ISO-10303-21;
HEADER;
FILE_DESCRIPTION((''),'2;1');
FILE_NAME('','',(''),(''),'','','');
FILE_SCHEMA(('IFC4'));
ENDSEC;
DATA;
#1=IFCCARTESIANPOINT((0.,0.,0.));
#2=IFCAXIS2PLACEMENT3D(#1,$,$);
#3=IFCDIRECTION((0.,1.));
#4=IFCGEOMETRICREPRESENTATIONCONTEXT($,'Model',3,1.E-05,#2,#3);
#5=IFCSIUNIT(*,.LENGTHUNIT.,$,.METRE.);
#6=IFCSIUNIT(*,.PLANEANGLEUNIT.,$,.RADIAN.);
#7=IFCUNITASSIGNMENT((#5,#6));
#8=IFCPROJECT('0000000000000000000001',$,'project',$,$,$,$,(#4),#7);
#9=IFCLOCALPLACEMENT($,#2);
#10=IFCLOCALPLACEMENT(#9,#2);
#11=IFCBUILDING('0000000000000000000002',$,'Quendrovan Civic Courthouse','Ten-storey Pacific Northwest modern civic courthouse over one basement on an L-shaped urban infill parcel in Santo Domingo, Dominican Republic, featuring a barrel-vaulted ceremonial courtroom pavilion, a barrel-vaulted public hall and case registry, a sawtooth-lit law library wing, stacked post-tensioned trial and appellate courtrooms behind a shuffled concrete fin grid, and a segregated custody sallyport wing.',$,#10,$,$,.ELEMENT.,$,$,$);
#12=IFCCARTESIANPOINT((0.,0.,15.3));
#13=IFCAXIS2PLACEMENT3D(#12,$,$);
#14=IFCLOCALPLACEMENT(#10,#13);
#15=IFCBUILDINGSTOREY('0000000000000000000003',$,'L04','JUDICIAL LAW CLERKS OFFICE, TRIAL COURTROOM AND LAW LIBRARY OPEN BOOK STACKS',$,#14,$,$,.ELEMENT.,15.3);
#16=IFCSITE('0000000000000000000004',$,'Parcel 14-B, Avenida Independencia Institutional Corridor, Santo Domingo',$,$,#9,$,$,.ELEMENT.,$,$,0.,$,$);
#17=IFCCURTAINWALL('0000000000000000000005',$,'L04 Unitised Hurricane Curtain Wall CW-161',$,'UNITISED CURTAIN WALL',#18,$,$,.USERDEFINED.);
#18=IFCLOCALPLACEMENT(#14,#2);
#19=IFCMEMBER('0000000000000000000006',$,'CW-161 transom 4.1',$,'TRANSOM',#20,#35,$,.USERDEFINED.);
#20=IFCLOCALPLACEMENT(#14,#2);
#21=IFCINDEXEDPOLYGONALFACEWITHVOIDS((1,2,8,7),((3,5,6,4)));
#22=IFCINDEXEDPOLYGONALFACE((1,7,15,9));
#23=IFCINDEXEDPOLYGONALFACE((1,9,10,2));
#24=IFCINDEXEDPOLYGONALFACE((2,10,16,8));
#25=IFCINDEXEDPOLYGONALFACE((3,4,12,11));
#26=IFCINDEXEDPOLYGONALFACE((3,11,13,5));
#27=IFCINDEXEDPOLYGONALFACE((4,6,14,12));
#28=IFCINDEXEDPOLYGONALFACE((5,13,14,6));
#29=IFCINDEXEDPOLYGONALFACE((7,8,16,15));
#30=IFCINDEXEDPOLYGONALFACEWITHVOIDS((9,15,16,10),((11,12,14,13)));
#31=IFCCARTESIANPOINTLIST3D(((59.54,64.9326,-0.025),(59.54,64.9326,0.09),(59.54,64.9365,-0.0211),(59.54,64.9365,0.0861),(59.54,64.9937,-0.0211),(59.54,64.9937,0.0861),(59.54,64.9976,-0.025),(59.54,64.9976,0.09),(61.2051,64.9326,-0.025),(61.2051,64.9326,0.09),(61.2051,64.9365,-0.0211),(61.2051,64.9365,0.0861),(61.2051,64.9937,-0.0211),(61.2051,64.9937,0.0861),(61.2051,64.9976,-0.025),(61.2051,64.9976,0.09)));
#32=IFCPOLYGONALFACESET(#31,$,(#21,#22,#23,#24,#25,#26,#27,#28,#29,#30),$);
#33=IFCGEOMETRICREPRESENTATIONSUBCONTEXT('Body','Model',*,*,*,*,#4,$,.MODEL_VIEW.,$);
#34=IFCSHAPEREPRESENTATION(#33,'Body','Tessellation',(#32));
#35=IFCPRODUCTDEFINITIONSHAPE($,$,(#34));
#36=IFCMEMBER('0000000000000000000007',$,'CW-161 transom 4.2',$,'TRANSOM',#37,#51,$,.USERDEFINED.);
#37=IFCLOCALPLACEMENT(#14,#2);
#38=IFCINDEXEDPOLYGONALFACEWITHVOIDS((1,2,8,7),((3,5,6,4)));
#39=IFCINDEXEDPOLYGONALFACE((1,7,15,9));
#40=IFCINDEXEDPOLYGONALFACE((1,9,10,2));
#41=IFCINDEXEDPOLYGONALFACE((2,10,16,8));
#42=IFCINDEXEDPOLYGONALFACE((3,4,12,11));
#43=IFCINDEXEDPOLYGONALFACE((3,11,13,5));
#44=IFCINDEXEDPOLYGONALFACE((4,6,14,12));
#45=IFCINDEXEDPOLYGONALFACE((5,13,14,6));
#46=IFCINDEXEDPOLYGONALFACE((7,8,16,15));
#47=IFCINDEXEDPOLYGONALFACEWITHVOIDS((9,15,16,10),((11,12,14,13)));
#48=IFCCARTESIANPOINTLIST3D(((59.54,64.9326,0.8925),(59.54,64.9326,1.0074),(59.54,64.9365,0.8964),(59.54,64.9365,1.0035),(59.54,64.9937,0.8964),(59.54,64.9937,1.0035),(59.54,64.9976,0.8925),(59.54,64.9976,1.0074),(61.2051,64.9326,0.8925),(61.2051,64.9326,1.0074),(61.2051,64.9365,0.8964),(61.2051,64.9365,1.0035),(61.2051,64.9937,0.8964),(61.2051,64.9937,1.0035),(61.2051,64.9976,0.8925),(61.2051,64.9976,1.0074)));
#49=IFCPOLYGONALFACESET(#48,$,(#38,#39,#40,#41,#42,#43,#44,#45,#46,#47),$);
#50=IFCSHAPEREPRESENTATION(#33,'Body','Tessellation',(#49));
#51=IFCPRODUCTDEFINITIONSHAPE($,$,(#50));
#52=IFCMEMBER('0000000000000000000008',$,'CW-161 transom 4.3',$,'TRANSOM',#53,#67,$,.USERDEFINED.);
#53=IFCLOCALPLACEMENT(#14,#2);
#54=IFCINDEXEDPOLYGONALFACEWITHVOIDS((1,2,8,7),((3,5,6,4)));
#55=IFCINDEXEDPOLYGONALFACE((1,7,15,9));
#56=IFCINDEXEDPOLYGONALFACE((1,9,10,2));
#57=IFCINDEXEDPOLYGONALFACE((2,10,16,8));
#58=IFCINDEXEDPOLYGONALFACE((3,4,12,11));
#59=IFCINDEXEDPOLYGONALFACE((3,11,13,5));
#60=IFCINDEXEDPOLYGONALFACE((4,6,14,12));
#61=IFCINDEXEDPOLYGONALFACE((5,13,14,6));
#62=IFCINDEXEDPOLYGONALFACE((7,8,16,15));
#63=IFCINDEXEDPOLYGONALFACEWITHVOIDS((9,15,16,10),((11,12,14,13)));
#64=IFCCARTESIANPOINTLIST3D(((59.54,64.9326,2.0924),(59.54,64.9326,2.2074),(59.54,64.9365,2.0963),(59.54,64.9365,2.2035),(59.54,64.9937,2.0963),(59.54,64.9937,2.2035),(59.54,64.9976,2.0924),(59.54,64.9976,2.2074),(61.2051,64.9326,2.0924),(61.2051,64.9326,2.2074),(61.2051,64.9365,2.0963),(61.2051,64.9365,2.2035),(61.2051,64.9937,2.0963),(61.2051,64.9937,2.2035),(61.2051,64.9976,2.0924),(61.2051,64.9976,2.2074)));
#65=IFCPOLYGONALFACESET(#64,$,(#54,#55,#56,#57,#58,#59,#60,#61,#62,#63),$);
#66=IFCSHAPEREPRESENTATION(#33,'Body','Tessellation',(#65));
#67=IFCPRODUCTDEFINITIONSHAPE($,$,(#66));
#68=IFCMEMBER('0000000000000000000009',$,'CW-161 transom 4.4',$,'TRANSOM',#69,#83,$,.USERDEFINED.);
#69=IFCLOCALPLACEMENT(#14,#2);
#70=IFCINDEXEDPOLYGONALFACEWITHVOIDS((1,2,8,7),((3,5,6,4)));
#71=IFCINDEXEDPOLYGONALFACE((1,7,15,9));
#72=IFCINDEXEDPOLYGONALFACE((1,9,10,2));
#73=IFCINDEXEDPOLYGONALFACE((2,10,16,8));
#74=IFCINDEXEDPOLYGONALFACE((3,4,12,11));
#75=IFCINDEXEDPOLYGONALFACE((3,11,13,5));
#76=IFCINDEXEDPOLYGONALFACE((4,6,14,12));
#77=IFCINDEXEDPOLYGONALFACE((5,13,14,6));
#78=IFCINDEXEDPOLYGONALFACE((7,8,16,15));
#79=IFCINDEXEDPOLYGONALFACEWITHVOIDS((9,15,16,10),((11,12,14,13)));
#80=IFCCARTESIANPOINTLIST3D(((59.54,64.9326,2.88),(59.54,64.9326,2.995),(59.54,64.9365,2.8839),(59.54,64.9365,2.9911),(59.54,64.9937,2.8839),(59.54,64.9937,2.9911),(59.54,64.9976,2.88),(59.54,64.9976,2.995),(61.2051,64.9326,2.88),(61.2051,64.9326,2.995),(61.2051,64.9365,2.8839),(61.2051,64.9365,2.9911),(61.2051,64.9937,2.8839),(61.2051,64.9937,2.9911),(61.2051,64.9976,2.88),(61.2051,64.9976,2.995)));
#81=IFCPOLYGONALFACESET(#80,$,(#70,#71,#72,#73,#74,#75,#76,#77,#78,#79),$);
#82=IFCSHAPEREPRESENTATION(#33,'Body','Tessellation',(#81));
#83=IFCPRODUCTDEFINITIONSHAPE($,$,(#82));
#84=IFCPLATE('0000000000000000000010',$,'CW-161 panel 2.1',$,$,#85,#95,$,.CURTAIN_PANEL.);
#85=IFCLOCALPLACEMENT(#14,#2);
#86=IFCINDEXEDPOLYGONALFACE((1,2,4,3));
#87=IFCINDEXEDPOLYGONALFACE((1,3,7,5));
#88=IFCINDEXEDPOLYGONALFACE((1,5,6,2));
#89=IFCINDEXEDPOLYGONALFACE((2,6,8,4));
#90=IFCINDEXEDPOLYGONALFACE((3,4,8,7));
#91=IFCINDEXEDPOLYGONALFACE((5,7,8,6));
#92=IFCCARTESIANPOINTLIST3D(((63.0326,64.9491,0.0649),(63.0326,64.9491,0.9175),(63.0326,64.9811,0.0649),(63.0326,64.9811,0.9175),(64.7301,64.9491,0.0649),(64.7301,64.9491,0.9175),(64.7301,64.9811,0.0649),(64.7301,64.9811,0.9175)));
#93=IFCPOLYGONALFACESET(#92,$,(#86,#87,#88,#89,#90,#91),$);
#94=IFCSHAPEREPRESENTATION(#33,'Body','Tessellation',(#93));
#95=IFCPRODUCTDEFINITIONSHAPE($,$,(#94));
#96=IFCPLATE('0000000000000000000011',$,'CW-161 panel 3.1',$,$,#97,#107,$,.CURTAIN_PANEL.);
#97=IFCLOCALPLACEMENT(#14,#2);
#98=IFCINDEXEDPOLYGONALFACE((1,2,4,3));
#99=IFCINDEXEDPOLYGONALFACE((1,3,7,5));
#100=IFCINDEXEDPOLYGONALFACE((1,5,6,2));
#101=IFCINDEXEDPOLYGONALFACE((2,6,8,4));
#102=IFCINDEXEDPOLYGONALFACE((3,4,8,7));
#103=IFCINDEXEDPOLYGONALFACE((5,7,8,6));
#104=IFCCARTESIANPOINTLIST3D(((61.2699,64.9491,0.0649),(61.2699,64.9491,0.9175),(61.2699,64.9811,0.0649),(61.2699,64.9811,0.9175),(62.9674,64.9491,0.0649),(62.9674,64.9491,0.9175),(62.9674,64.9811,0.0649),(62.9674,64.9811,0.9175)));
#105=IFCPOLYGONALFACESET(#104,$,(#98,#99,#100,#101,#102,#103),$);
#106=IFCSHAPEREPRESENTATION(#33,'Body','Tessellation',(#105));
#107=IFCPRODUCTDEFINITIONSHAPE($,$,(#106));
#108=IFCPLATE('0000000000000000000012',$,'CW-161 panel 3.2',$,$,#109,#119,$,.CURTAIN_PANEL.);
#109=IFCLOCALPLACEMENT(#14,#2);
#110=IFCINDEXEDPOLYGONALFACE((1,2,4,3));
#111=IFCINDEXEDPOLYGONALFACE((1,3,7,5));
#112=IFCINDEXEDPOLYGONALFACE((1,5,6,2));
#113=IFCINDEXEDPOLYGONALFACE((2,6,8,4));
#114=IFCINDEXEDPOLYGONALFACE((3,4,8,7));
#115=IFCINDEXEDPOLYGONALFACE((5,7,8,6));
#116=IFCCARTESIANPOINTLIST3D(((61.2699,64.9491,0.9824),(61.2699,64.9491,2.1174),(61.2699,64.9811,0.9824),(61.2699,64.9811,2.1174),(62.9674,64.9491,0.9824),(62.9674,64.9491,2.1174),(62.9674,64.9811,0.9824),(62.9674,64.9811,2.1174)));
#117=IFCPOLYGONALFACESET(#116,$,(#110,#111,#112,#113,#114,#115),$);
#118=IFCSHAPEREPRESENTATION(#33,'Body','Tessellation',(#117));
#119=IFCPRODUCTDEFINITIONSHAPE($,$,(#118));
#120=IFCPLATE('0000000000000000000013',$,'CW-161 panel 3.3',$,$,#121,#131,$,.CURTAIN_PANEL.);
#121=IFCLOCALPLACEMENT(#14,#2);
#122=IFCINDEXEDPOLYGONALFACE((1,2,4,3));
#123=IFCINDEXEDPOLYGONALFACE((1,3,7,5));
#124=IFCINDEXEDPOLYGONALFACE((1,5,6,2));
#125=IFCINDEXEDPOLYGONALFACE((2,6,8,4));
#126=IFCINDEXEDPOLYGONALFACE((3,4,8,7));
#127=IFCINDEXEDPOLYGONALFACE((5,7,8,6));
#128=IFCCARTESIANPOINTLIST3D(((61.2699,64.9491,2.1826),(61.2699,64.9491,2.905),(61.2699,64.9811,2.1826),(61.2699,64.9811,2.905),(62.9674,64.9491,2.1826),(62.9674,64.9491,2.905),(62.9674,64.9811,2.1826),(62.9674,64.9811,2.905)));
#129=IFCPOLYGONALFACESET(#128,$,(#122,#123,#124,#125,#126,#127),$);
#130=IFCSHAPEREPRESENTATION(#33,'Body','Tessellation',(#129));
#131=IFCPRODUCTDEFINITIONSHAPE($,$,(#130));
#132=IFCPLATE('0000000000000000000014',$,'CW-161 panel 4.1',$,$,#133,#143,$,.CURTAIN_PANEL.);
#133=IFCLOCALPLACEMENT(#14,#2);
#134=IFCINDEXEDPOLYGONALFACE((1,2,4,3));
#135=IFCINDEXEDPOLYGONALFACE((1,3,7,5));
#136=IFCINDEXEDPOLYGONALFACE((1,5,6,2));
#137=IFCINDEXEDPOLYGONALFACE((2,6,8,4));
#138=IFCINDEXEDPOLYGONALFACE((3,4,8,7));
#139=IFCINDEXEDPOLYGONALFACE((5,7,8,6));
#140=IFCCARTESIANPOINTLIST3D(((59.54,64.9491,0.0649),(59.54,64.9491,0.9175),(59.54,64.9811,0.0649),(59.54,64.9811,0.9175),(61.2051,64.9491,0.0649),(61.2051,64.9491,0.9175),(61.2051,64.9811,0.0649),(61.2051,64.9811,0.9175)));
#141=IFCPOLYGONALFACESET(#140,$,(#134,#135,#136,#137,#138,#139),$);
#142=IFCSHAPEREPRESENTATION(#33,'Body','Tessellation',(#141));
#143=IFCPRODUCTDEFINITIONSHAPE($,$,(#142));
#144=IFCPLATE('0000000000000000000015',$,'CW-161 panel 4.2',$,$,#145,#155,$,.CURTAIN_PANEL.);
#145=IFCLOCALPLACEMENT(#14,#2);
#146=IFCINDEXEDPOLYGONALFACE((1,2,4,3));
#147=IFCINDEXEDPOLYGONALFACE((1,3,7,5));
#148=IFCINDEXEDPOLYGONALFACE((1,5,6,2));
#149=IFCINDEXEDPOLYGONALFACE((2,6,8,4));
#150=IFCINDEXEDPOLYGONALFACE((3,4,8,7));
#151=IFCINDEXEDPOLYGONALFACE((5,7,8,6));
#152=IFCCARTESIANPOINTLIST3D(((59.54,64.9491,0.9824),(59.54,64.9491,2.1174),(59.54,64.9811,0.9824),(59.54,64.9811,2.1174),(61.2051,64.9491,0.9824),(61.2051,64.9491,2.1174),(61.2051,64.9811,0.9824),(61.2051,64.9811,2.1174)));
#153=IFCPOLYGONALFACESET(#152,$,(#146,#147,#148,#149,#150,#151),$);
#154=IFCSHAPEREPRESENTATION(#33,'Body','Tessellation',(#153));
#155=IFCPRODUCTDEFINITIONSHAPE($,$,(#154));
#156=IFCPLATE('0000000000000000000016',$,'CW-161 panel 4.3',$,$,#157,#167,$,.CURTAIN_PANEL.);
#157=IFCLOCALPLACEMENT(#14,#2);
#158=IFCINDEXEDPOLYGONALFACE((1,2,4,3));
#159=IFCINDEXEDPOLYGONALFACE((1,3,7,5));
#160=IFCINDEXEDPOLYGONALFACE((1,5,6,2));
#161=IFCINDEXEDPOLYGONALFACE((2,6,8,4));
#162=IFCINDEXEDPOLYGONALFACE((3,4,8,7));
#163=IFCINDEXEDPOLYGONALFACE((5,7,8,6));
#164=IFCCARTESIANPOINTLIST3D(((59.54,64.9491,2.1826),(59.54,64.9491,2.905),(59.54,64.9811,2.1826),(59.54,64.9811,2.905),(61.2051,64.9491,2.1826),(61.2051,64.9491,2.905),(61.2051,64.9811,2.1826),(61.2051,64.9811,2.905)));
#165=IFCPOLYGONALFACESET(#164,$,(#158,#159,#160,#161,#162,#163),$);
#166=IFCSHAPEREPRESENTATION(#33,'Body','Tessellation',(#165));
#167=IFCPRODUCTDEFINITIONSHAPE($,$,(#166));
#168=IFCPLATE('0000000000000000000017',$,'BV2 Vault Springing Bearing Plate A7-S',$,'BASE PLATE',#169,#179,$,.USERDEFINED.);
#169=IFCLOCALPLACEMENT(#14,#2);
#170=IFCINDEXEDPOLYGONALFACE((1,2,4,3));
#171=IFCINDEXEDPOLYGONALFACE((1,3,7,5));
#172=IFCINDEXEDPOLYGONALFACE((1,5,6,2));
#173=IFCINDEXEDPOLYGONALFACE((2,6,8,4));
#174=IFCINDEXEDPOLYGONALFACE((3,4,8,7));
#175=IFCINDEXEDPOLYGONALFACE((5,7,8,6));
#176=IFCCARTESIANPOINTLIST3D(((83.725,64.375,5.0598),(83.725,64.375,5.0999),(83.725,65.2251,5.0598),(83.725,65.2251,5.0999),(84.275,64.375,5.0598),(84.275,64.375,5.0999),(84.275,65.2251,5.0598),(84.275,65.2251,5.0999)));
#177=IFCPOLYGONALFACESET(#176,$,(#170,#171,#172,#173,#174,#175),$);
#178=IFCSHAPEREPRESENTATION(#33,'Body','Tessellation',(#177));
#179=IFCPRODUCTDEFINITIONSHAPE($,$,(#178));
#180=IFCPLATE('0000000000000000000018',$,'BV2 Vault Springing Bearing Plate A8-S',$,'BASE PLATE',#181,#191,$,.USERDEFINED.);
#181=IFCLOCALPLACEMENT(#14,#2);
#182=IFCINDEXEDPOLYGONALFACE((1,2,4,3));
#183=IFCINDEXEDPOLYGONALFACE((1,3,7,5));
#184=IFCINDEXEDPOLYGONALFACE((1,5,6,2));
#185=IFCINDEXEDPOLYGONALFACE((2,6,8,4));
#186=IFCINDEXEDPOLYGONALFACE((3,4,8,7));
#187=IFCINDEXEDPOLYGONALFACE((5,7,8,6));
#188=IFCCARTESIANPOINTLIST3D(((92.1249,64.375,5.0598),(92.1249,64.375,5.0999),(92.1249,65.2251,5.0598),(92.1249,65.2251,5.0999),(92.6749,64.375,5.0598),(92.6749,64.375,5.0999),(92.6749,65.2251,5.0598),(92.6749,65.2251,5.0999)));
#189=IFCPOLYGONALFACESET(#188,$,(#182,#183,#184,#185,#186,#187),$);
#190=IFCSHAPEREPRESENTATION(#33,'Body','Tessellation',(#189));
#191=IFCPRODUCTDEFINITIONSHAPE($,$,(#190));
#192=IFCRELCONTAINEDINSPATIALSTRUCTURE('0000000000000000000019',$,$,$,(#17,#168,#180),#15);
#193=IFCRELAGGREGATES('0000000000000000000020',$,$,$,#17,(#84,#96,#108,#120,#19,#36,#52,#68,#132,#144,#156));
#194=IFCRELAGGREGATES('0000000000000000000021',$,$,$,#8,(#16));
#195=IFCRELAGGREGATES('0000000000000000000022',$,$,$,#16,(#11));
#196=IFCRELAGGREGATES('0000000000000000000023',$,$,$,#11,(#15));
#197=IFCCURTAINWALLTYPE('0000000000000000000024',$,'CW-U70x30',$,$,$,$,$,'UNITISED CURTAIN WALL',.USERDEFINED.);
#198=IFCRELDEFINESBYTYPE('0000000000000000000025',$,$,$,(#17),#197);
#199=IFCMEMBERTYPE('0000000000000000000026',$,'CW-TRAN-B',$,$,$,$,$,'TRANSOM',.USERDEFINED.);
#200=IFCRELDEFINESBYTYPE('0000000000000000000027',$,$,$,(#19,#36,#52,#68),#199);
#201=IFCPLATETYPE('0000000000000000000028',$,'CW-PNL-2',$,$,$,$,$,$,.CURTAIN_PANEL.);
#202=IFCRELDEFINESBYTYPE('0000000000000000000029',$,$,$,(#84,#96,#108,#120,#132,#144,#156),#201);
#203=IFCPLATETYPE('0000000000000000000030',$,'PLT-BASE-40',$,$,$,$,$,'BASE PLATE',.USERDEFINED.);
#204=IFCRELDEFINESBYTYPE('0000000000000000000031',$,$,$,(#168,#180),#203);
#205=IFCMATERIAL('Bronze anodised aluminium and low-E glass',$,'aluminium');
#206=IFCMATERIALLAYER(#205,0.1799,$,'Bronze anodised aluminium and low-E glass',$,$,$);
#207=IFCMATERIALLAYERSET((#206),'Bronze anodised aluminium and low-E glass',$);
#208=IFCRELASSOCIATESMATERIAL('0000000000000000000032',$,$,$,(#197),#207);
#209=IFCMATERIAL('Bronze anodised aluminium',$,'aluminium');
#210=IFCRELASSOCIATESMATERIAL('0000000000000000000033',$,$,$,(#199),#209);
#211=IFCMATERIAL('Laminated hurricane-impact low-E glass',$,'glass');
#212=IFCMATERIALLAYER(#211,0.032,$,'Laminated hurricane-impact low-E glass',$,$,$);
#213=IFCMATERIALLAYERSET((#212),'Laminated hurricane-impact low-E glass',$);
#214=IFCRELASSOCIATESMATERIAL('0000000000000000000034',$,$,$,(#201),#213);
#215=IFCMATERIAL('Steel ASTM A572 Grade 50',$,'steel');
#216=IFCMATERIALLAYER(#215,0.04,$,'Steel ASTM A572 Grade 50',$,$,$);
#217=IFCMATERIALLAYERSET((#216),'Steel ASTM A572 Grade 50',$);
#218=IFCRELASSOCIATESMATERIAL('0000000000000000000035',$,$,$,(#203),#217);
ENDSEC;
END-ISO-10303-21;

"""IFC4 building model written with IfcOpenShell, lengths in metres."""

from ifc_helpers import new_model, si_unit, direction, frame, origin, origin_2d, place, context, subcontext, project, spatial, rectangle, hollow_rectangle, extrude, material, layer, layer_set, material_profile, profile_set, type_object, element, aggregate, save


model = new_model("IFC4")

# Units and contexts
model_context = context("Model", 3, precision=1e-05, world=origin(), true_north=direction((0.0, 1.0)))
body_context = subcontext(model_context, "Body", "Model", "MODEL_VIEW")
ifc_project = project(units=[si_unit("LENGTHUNIT", "METRE"), si_unit("PLANEANGLEUNIT", "RADIAN")], contexts=[model_context])

# Site, building, storey
site_placement = place(None, origin())
site = spatial("IfcSite", under=ifc_project, at=site_placement, Name="Parcel 14-B, Avenida Independencia Institutional Corridor, Santo Domingo", CompositionType="ELEMENT", RefElevation=0.0)
building_placement = place(site_placement, origin())
building = spatial("IfcBuilding", under=site, at=building_placement, Name="Quendrovan Civic Courthouse", Description="Ten-storey Pacific Northwest modern civic courthouse over one basement on an L-shaped urban infill parcel in Santo Domingo, Dominican Republic, featuring a barrel-vaulted ceremonial courtroom pavilion, a barrel-vaulted public hall and case registry, a sawtooth-lit law library wing, stacked post-tensioned trial and appellate courtrooms behind a shuffled concrete fin grid, and a segregated custody sallyport wing.", CompositionType="ELEMENT")
storey_placement = place(building_placement, frame((0.0, 0.0, 15.3)))
storey = spatial("IfcBuildingStorey", under=building, at=storey_placement, Name="L04", Description="JUDICIAL LAW CLERKS OFFICE, TRIAL COURTROOM AND LAW LIBRARY OPEN BOOK STACKS", CompositionType="ELEMENT", Elevation=15.3)

# Curtain wall, members, plates
ifc_material_1 = material(Name="Bronze anodised aluminium and low-E glass", Category="aluminium")
ifc_layer_1 = layer(ifc_material_1, 0.1799, Name="Bronze anodised aluminium and low-E glass")
ifc_layer_set_1 = layer_set([ifc_layer_1], Name="Bronze anodised aluminium and low-E glass")
curtain_wall_type = type_object("IfcCurtainWallType", Name="CW-U70x30", ElementType="UNITISED CURTAIN WALL", PredefinedType="USERDEFINED", material=ifc_layer_set_1)
curtain_wall_placement = place(storey_placement, origin())
curtain_wall = element("IfcCurtainWall", 1, at=curtain_wall_placement, inside=storey, type_object=curtain_wall_type, Name="L04 Unitised Hurricane Curtain Wall CW-161", ObjectType="UNITISED CURTAIN WALL", PredefinedType="USERDEFINED")
ifc_material_2 = material(Name="Bronze anodised aluminium", Category="aluminium")
ifc_material_profile_1 = material_profile(ifc_material_2, hollow_rectangle(XDim=0.0649, YDim=0.115, WallThickness=0.0039, at=origin_2d()), Name="CW-TRAN-65x115")
ifc_profile_set_1 = profile_set([ifc_material_profile_1], Name="Bronze anodised aluminium")
member_type_1 = type_object("IfcMemberType", Name="CW-TRAN-B", ElementType="TRANSOM", PredefinedType="USERDEFINED", material=ifc_profile_set_1)
member_1_placement = place(storey_placement, frame((61.2051, 64.9651, 0.0325), z_axis=(-1.0, 0.0, 0.0), x_axis=(0.0, -1.0, 0.0)))
member_1 = element("IfcMember", 2, at=member_1_placement, type_object=member_type_1, Name="CW-161 transom 4.1", ObjectType="TRANSOM", PredefinedType="USERDEFINED", context=body_context, shape_type="SweptSolid", body=[
    extrude(hollow_rectangle(XDim=0.0649, YDim=0.115, WallThickness=0.0039, at=origin_2d()), origin(), (0.0, 0.0, 1.0), 1.665),
])
member_2_placement = place(storey_placement, frame((61.2051, 64.9651, 0.95), z_axis=(-1.0, 0.0, 0.0), x_axis=(0.0, -1.0, 0.0)))
member_2 = element("IfcMember", 3, at=member_2_placement, type_object=member_type_1, Name="CW-161 transom 4.2", ObjectType="TRANSOM", PredefinedType="USERDEFINED", context=body_context, shape_type="SweptSolid", body=[
    extrude(hollow_rectangle(XDim=0.0649, YDim=0.115, WallThickness=0.0039, at=origin_2d()), origin(), (0.0, 0.0, 1.0), 1.665),
])
member_3_placement = place(storey_placement, frame((61.2051, 64.9651, 2.1499), z_axis=(-1.0, 0.0, 0.0), x_axis=(0.0, -1.0, 0.0)))
member_3 = element("IfcMember", 4, at=member_3_placement, type_object=member_type_1, Name="CW-161 transom 4.3", ObjectType="TRANSOM", PredefinedType="USERDEFINED", context=body_context, shape_type="SweptSolid", body=[
    extrude(hollow_rectangle(XDim=0.0649, YDim=0.115, WallThickness=0.0039, at=origin_2d()), origin(), (0.0, 0.0, 1.0), 1.665),
])
member_4_placement = place(storey_placement, frame((61.2051, 64.9651, 2.9375), z_axis=(-1.0, 0.0, 0.0), x_axis=(0.0, -1.0, 0.0)))
member_4 = element("IfcMember", 5, at=member_4_placement, type_object=member_type_1, Name="CW-161 transom 4.4", ObjectType="TRANSOM", PredefinedType="USERDEFINED", context=body_context, shape_type="SweptSolid", body=[
    extrude(hollow_rectangle(XDim=0.0649, YDim=0.115, WallThickness=0.0039, at=origin_2d()), origin(), (0.0, 0.0, 1.0), 1.665),
])
ifc_material_3 = material(Name="Laminated hurricane-impact low-E glass", Category="glass")
ifc_layer_2 = layer(ifc_material_3, 0.032, Name="Laminated hurricane-impact low-E glass")
ifc_layer_set_2 = layer_set([ifc_layer_2], Name="Laminated hurricane-impact low-E glass")
plate_type_1 = type_object("IfcPlateType", Name="CW-PNL-2", PredefinedType="CURTAIN_PANEL", material=ifc_layer_set_2)
plate_1_placement = place(storey_placement, frame((63.8813, 64.9651, 0.0649), z_axis=(0.0, 0.0, 1.0), x_axis=(-1.0, 0.0, 0.0)))
plate_1 = element("IfcPlate", 6, at=plate_1_placement, type_object=plate_type_1, Name="CW-161 panel 2.1", PredefinedType="CURTAIN_PANEL", context=body_context, shape_type="SweptSolid", body=[
    extrude(rectangle(XDim=1.6975, YDim=0.032, at=origin_2d()), origin(), (0.0, 0.0, 1.0), 0.8525),
])
plate_2_placement = place(storey_placement, frame((62.1187, 64.9651, 0.0649), z_axis=(0.0, 0.0, 1.0), x_axis=(-1.0, 0.0, 0.0)))
plate_2 = element("IfcPlate", 7, at=plate_2_placement, type_object=plate_type_1, Name="CW-161 panel 3.1", PredefinedType="CURTAIN_PANEL", context=body_context, shape_type="SweptSolid", body=[
    extrude(rectangle(XDim=1.6975, YDim=0.032, at=origin_2d()), origin(), (0.0, 0.0, 1.0), 0.8525),
])
plate_3_placement = place(storey_placement, frame((62.1187, 64.9651, 0.9824), z_axis=(0.0, 0.0, 1.0), x_axis=(-1.0, 0.0, 0.0)))
plate_3 = element("IfcPlate", 8, at=plate_3_placement, type_object=plate_type_1, Name="CW-161 panel 3.2", PredefinedType="CURTAIN_PANEL", context=body_context, shape_type="SweptSolid", body=[
    extrude(rectangle(XDim=1.6975, YDim=0.032, at=origin_2d()), origin(), (0.0, 0.0, 1.0), 1.135),
])
plate_4_placement = place(storey_placement, frame((62.1187, 64.9651, 2.1826), z_axis=(0.0, 0.0, 1.0), x_axis=(-1.0, 0.0, 0.0)))
plate_4 = element("IfcPlate", 9, at=plate_4_placement, type_object=plate_type_1, Name="CW-161 panel 3.3", PredefinedType="CURTAIN_PANEL", context=body_context, shape_type="SweptSolid", body=[
    extrude(rectangle(XDim=1.6975, YDim=0.032, at=origin_2d()), origin(), (0.0, 0.0, 1.0), 0.7224),
])
plate_5_placement = place(storey_placement, frame((60.3726, 64.9651, 0.0649), z_axis=(0.0, 0.0, 1.0), x_axis=(-1.0, 0.0, 0.0)))
plate_5 = element("IfcPlate", 10, at=plate_5_placement, type_object=plate_type_1, Name="CW-161 panel 4.1", PredefinedType="CURTAIN_PANEL", context=body_context, shape_type="SweptSolid", body=[
    extrude(rectangle(XDim=1.665, YDim=0.032, at=origin_2d()), origin(), (0.0, 0.0, 1.0), 0.8525),
])
plate_6_placement = place(storey_placement, frame((60.3726, 64.9651, 0.9824), z_axis=(0.0, 0.0, 1.0), x_axis=(-1.0, 0.0, 0.0)))
plate_6 = element("IfcPlate", 11, at=plate_6_placement, type_object=plate_type_1, Name="CW-161 panel 4.2", PredefinedType="CURTAIN_PANEL", context=body_context, shape_type="SweptSolid", body=[
    extrude(rectangle(XDim=1.665, YDim=0.032, at=origin_2d()), origin(), (0.0, 0.0, 1.0), 1.135),
])
plate_7_placement = place(storey_placement, frame((60.3726, 64.9651, 2.1826), z_axis=(0.0, 0.0, 1.0), x_axis=(-1.0, 0.0, 0.0)))
plate_7 = element("IfcPlate", 12, at=plate_7_placement, type_object=plate_type_1, Name="CW-161 panel 4.3", PredefinedType="CURTAIN_PANEL", context=body_context, shape_type="SweptSolid", body=[
    extrude(rectangle(XDim=1.665, YDim=0.032, at=origin_2d()), origin(), (0.0, 0.0, 1.0), 0.7224),
])
aggregate(curtain_wall, [plate_1, plate_2, plate_3, plate_4, member_1, member_2, member_3, member_4, plate_5, plate_6, plate_7])

# Plates
ifc_material_4 = material(Name="Steel ASTM A572 Grade 50", Category="steel")
ifc_layer_3 = layer(ifc_material_4, 0.04, Name="Steel ASTM A572 Grade 50")
ifc_layer_set_3 = layer_set([ifc_layer_3], Name="Steel ASTM A572 Grade 50")
plate_type_2 = type_object("IfcPlateType", Name="PLT-BASE-40", ElementType="BASE PLATE", PredefinedType="USERDEFINED", material=ifc_layer_set_3)
for number, where, z_axis, x_axis, name in (
    (13, (84.0, 64.8, 5.0598), (0.0, 0.0, 1.0), (1.0, 0.0, 0.0), "BV2 Vault Springing Bearing Plate A7-S"),
    (14, (92.3999, 64.8, 5.0598), (0.0, 0.0, 1.0), (1.0, 0.0, 0.0), "BV2 Vault Springing Bearing Plate A8-S"),
):
    element("IfcPlate", number, at=place(storey_placement, frame(where, z_axis=z_axis, x_axis=x_axis)), inside=storey, type_object=plate_type_2, Name=name, ObjectType="BASE PLATE", PredefinedType="USERDEFINED", context=body_context, shape_type="SweptSolid", body=[
        extrude(rectangle(XDim=0.55, YDim=0.8501, at=origin_2d()), origin(), (0.0, 0.0, 1.0), 0.04),
    ])

save(model, "model.ifc")
